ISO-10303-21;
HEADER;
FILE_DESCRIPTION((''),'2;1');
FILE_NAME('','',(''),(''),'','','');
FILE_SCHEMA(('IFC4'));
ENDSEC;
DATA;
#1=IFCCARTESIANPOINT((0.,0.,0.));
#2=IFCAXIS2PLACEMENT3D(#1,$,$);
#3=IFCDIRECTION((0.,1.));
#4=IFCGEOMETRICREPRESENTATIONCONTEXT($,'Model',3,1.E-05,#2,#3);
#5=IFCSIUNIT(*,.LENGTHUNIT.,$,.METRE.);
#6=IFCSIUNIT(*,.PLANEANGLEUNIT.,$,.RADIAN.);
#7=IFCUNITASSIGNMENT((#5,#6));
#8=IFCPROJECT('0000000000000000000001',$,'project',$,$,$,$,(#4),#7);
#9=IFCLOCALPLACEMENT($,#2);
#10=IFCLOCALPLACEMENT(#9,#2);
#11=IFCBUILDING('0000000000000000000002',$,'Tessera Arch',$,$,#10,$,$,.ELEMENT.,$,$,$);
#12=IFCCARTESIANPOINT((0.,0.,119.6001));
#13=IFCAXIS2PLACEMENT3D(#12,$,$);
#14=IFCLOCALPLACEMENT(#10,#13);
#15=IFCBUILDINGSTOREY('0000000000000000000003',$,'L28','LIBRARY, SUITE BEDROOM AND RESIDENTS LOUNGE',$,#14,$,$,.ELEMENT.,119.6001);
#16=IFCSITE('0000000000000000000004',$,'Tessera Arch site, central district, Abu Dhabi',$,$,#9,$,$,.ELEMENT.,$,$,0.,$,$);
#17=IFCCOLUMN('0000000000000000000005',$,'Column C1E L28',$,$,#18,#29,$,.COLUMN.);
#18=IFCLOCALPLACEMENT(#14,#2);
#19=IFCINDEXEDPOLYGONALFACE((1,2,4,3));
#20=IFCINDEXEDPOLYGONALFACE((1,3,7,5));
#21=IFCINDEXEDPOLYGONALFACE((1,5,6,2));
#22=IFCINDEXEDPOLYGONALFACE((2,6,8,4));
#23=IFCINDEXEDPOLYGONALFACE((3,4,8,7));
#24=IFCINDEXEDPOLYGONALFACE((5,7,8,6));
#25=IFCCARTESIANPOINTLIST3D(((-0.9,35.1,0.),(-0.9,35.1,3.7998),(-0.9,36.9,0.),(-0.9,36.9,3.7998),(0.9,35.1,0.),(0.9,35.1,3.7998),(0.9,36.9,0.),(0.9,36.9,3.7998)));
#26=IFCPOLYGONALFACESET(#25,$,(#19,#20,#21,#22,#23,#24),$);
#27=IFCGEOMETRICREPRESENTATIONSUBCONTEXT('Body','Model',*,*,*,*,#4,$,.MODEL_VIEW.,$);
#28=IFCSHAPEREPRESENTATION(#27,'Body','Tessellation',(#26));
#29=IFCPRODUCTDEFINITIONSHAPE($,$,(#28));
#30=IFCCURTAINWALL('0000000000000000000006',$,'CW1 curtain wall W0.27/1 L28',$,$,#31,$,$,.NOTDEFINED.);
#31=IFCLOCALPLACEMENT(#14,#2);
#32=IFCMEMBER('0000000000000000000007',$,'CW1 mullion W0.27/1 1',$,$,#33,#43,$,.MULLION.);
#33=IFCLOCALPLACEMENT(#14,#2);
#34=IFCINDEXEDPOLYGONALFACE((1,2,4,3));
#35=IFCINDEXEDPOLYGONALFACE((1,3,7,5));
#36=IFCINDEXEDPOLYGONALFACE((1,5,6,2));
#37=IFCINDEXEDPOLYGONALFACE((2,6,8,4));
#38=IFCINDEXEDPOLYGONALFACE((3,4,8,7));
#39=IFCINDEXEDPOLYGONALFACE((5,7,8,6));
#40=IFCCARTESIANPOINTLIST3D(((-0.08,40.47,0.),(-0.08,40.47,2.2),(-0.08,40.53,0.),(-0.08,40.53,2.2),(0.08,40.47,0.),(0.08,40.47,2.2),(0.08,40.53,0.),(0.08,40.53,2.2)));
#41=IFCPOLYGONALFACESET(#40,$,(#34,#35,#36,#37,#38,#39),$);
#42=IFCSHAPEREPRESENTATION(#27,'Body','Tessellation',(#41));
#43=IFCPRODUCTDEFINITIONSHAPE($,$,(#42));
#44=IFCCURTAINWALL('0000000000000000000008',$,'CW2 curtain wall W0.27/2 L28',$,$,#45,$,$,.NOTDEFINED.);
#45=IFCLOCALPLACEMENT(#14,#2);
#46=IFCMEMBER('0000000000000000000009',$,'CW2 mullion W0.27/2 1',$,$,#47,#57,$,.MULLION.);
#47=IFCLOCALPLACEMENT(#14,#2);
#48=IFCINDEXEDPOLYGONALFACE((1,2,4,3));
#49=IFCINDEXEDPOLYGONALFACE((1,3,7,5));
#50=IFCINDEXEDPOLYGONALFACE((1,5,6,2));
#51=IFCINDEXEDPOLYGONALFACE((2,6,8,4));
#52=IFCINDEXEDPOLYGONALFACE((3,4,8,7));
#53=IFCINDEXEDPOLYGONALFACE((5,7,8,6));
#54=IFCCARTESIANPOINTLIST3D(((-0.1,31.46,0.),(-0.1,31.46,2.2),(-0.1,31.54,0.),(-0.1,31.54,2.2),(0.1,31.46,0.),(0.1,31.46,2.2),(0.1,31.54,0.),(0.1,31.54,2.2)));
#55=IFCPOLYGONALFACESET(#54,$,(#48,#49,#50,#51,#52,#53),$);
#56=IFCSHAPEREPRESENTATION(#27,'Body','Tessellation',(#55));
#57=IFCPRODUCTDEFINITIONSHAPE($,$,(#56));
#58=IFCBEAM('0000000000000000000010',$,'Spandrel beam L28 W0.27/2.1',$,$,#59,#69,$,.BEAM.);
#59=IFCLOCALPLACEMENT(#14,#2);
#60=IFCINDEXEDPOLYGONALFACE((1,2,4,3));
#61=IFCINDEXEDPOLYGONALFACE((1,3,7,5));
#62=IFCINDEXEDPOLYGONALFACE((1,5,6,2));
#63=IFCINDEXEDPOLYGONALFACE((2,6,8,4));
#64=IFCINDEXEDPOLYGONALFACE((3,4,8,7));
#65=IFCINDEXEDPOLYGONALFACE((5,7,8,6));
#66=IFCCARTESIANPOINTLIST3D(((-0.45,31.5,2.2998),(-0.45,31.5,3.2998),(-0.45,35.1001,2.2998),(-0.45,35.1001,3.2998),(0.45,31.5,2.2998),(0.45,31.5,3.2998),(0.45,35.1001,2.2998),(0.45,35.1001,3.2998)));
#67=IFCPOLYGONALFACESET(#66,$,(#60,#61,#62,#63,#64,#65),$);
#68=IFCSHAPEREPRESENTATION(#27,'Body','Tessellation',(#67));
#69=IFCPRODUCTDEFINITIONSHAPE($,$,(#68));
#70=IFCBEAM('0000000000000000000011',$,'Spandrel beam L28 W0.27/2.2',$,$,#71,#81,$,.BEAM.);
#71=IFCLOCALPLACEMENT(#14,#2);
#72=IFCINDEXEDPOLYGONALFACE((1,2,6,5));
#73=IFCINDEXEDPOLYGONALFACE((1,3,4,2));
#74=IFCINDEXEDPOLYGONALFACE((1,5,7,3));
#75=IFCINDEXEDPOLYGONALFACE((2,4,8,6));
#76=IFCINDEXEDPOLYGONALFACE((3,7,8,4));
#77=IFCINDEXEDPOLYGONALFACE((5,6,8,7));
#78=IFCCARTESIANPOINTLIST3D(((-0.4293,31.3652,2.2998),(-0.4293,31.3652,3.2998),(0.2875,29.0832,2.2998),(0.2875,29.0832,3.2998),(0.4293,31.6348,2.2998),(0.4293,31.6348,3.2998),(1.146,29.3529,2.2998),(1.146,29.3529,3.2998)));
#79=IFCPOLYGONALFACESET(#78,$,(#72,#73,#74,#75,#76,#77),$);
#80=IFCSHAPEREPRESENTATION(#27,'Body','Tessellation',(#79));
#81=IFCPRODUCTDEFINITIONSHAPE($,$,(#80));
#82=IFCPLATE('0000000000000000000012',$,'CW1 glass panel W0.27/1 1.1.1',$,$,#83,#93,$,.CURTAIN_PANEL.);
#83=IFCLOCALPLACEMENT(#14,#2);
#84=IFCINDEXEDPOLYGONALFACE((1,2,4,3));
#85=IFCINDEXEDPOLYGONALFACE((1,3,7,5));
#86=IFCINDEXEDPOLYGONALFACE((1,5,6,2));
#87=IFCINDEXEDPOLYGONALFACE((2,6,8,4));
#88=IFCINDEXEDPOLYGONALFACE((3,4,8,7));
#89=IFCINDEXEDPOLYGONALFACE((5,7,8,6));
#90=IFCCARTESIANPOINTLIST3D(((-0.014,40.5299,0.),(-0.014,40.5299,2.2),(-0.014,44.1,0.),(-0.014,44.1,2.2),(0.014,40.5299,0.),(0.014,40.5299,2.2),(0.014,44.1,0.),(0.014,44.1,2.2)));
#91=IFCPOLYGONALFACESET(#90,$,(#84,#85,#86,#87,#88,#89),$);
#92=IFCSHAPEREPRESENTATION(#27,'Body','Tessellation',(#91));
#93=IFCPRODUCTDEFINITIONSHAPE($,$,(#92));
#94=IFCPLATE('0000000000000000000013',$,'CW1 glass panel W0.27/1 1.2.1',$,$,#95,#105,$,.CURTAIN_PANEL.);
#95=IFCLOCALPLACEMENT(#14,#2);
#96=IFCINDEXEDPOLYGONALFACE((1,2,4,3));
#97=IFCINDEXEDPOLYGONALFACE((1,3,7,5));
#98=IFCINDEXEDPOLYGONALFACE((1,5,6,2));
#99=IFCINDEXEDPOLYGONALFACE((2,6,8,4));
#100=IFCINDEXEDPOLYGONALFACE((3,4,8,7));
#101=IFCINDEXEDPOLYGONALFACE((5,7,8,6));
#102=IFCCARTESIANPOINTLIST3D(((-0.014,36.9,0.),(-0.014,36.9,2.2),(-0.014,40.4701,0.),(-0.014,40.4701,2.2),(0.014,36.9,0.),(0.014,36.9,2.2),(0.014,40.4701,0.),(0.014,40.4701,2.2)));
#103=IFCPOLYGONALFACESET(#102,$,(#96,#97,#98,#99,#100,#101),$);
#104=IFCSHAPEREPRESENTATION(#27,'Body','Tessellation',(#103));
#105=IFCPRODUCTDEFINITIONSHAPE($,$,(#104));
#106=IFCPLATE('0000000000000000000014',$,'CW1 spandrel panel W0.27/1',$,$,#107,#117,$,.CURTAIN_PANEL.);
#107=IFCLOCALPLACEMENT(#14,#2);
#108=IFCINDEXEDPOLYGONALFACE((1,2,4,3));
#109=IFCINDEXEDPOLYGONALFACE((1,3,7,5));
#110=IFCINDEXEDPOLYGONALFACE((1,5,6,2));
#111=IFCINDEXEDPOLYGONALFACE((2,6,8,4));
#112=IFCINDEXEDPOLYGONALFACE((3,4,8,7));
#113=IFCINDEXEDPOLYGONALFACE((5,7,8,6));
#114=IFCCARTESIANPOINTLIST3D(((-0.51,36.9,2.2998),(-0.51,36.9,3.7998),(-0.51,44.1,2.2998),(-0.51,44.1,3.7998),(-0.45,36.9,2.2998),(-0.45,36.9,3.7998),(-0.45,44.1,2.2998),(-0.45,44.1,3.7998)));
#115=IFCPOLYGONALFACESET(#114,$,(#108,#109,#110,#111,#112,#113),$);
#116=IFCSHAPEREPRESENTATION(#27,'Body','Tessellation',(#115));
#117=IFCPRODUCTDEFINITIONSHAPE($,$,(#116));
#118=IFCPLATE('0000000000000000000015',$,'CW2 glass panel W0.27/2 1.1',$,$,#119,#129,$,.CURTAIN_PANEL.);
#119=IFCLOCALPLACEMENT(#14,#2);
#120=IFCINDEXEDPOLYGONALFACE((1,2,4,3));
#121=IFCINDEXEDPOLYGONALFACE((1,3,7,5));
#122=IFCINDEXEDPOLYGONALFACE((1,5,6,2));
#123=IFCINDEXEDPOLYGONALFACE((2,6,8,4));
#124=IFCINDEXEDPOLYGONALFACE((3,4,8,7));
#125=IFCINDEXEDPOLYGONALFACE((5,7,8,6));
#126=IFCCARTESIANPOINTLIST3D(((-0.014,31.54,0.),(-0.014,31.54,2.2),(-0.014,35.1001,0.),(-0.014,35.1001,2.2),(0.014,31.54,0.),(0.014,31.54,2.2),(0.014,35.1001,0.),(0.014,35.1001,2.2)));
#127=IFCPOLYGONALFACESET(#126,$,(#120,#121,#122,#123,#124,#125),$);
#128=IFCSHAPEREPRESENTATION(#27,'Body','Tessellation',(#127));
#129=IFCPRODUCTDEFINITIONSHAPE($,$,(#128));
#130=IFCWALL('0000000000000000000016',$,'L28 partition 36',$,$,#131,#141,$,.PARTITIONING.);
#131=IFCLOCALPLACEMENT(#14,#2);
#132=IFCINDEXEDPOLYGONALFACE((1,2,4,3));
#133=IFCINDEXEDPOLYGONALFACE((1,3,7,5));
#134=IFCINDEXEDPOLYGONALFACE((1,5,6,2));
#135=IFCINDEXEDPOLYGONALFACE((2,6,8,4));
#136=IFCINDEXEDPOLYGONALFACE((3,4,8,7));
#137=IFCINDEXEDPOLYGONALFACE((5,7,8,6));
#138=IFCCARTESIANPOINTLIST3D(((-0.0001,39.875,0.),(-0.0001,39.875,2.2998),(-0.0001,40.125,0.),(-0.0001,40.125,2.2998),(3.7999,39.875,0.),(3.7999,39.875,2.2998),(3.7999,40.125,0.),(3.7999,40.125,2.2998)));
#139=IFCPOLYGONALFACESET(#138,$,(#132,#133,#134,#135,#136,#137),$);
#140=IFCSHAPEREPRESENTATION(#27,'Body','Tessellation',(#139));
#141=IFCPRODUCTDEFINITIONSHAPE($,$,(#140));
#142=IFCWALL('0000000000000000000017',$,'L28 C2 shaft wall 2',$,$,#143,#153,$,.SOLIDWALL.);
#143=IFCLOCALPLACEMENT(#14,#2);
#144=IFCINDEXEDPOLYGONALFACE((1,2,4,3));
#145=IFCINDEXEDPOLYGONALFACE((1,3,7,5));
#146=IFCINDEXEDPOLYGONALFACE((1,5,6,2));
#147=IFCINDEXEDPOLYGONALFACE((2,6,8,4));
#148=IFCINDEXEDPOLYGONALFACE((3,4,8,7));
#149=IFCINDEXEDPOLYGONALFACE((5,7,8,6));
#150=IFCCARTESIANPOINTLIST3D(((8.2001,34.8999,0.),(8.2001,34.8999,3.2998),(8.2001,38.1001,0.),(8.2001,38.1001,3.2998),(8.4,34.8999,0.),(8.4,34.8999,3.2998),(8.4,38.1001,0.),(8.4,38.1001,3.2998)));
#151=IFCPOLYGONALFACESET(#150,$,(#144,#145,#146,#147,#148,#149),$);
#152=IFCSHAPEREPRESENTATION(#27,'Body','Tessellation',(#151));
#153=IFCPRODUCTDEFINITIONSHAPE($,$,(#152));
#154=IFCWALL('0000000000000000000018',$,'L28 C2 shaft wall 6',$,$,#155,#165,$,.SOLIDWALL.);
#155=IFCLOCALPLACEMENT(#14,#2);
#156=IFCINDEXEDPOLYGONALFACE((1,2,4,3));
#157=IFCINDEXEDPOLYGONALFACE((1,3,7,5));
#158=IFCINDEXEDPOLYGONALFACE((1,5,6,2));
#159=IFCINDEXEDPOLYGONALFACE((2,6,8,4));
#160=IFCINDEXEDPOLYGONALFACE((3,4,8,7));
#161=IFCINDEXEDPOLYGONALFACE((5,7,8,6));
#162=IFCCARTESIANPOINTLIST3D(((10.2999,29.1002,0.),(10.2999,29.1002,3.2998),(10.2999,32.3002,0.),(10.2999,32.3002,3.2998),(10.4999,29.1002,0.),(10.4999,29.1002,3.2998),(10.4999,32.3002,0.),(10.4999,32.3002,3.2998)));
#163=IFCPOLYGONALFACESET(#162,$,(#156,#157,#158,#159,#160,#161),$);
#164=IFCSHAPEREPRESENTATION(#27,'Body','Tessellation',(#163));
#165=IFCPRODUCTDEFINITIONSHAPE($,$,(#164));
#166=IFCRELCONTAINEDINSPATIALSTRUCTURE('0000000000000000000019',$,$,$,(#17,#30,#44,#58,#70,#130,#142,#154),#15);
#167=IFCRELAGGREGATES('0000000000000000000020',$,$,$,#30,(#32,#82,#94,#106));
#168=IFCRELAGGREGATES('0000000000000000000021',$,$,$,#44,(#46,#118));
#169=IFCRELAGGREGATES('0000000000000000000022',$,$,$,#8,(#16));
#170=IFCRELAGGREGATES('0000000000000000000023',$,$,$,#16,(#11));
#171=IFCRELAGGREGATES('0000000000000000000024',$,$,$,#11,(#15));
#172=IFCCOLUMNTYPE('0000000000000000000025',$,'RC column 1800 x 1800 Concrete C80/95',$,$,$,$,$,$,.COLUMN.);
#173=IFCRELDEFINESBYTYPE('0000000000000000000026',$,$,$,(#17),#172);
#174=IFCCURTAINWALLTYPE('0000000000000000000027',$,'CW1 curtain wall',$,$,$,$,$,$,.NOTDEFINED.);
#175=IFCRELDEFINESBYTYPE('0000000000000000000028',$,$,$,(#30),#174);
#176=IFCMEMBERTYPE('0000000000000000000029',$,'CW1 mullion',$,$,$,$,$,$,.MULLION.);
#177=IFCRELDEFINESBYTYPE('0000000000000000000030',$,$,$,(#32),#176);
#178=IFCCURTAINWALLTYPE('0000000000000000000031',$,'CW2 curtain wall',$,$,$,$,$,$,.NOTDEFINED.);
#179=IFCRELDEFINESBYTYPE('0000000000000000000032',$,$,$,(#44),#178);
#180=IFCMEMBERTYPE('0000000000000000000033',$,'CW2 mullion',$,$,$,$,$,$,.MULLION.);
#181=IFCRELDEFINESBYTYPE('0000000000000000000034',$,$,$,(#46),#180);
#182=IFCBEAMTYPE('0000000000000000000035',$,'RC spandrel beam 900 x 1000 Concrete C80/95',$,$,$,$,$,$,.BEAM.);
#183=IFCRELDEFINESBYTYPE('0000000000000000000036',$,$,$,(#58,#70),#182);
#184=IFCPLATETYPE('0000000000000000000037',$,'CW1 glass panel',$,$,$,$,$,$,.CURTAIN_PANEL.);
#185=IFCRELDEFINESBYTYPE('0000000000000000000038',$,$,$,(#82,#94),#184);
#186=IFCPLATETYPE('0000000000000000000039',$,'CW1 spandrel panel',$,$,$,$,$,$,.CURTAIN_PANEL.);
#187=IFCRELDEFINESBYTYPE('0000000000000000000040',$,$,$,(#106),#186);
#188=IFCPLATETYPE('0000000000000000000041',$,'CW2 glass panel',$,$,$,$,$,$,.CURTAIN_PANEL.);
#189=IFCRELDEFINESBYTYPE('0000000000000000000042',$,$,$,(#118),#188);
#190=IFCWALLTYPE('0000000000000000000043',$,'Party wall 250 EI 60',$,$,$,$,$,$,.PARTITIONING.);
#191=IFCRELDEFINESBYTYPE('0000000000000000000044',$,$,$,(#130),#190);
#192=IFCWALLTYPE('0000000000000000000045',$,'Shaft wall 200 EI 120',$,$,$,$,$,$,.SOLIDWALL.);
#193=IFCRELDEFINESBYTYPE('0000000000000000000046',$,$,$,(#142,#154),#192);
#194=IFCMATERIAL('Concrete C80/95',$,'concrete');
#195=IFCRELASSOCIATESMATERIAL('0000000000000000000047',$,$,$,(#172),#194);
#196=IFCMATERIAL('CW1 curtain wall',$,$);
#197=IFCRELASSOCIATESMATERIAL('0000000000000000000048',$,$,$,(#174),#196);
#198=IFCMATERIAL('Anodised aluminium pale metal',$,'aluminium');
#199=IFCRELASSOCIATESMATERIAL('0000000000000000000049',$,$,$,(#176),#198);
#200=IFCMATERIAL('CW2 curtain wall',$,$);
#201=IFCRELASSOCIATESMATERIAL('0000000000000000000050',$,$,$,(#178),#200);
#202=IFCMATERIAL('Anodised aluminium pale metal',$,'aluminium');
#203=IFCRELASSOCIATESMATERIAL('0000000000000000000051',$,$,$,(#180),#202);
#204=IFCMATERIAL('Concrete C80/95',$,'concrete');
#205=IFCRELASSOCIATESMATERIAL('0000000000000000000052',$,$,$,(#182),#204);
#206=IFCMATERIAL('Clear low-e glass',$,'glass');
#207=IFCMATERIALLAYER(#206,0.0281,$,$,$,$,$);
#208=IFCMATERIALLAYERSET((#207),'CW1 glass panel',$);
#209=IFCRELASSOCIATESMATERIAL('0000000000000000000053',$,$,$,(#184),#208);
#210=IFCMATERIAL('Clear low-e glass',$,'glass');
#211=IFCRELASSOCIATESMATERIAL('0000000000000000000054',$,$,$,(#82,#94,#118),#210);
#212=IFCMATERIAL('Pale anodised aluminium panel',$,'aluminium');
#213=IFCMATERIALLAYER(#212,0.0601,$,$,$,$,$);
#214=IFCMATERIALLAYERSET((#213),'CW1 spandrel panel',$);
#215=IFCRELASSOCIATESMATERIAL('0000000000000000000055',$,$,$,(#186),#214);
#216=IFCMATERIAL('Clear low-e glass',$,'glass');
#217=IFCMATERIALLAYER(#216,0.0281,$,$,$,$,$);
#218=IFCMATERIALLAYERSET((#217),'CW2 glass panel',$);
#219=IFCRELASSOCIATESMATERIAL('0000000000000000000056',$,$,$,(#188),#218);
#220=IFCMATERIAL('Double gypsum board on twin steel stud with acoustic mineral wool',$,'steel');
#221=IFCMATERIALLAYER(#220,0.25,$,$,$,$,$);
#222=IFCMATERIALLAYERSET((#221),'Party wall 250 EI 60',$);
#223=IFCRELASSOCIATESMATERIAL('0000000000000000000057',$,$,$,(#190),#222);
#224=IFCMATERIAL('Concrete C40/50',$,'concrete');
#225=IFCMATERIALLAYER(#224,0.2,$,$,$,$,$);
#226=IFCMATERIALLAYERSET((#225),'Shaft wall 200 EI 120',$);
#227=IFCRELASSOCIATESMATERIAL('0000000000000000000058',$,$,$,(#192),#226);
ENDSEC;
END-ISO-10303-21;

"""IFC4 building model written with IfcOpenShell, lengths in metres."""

from ifc_helpers import new_model, si_unit, direction, frame, frame_2d, origin, origin_2d, place, context, subcontext, project, spatial, rectangle, extrude, material, layer, layer_set, material_profile, profile_set, type_object, element, aggregate, save


model = new_model("IFC4")

# Units and contexts
model_context = context("Model", 3, precision=1e-05, world=origin(), true_north=direction((0.0, 1.0)))
body_context = subcontext(model_context, "Body", "Model", "MODEL_VIEW")
ifc_project = project(units=[si_unit("LENGTHUNIT", "METRE"), si_unit("PLANEANGLEUNIT", "RADIAN")], contexts=[model_context])

# Site, building, storey
site_placement = place(None, origin())
site = spatial("IfcSite", under=ifc_project, at=site_placement, Name="Tessera Arch site, central district, Abu Dhabi", CompositionType="ELEMENT", RefElevation=0.0)
building_placement = place(site_placement, origin())
building = spatial("IfcBuilding", under=site, at=building_placement, Name="Tessera Arch", CompositionType="ELEMENT")
storey_placement = place(building_placement, frame((0.0, 0.0, 119.6001)))
storey = spatial("IfcBuildingStorey", under=building, at=storey_placement, Name="L28", Description="LIBRARY, SUITE BEDROOM AND RESIDENTS LOUNGE", CompositionType="ELEMENT", Elevation=119.6001)

# Column
ifc_material_1 = material(Name="Concrete C80/95", Category="concrete")
ifc_material_profile_1 = material_profile(ifc_material_1, rectangle(XDim=1.8, YDim=1.8, at=origin_2d()), Name="RC column 1800 x 1800 Concrete C80/95")
ifc_profile_set_1 = profile_set([ifc_material_profile_1], Name="Concrete C80/95")
column_type = type_object("IfcColumnType", Name="RC column 1800 x 1800 Concrete C80/95", PredefinedType="COLUMN", material=ifc_profile_set_1)
column_placement = place(storey_placement, frame((0.0, 36.0, 0.0), z_axis=(0.0, 0.0, 1.0), x_axis=(1.0, 0.0, 0.0)))
element("IfcColumn", 1, at=column_placement, inside=storey, type_object=column_type, Name="Column C1E L28", PredefinedType="COLUMN", context=body_context, shape_type="SweptSolid", body=[
    extrude(rectangle(XDim=1.8, YDim=1.8, at=origin_2d()), origin(), (0.0, 0.0, 1.0), 3.7998),
])

# Curtain walls, members
ifc_material_2 = material(Name="CW1 curtain wall")
curtain_wall_type_1 = type_object("IfcCurtainWallType", Name="CW1 curtain wall", PredefinedType="NOTDEFINED", material=ifc_material_2)
curtain_wall_1_placement = place(storey_placement, origin())
curtain_wall_1 = element("IfcCurtainWall", 2, at=curtain_wall_1_placement, inside=storey, type_object=curtain_wall_type_1, Name="CW1 curtain wall W0.27/1 L28", PredefinedType="NOTDEFINED")
ifc_material_3 = material(Name="Anodised aluminium pale metal", Category="aluminium")
ifc_material_profile_2 = material_profile(ifc_material_3, rectangle(XDim=0.1599, YDim=0.0601, at=origin_2d()), Name="AL 60x160")
ifc_profile_set_2 = profile_set([ifc_material_profile_2], Name="Anodised aluminium pale metal")
member_type_1 = type_object("IfcMemberType", Name="CW1 mullion", PredefinedType="MULLION", material=ifc_profile_set_2)
member_1_placement = place(storey_placement, frame((0.0, 40.5, 0.0), z_axis=(0.0, 0.0, 1.0), x_axis=(1.0, 0.0, 0.0)))
member_1 = element("IfcMember", 3, at=member_1_placement, type_object=member_type_1, Name="CW1 mullion W0.27/1 1", PredefinedType="MULLION", context=body_context, shape_type="SweptSolid", body=[
    extrude(rectangle(XDim=0.1599, YDim=0.0601, at=origin_2d()), origin(), (0.0, 0.0, 1.0), 2.2),
])
ifc_material_4 = material(Name="CW2 curtain wall")
curtain_wall_type_2 = type_object("IfcCurtainWallType", Name="CW2 curtain wall", PredefinedType="NOTDEFINED", material=ifc_material_4)
curtain_wall_2_placement = place(storey_placement, origin())
curtain_wall_2 = element("IfcCurtainWall", 4, at=curtain_wall_2_placement, inside=storey, type_object=curtain_wall_type_2, Name="CW2 curtain wall W0.27/2 L28", PredefinedType="NOTDEFINED")
ifc_material_5 = material(Name="Anodised aluminium pale metal", Category="aluminium")
ifc_material_profile_3 = material_profile(ifc_material_5, rectangle(XDim=0.2, YDim=0.0801, at=origin_2d()), Name="AL 80x200")
ifc_profile_set_3 = profile_set([ifc_material_profile_3], Name="Anodised aluminium pale metal")
member_type_2 = type_object("IfcMemberType", Name="CW2 mullion", PredefinedType="MULLION", material=ifc_profile_set_3)
member_2_placement = place(storey_placement, frame((0.0, 31.5, 0.0), z_axis=(0.0, 0.0, 1.0), x_axis=(1.0, 0.0, 0.0)))
member_2 = element("IfcMember", 5, at=member_2_placement, type_object=member_type_2, Name="CW2 mullion W0.27/2 1", PredefinedType="MULLION", context=body_context, shape_type="SweptSolid", body=[
    extrude(rectangle(XDim=0.2, YDim=0.0801, at=origin_2d()), origin(), (0.0, 0.0, 1.0), 2.2),
])

# Beams
ifc_material_6 = material(Name="Concrete C80/95", Category="concrete")
ifc_material_profile_4 = material_profile(ifc_material_6, rectangle(XDim=0.8999, YDim=1.0, at=origin_2d()), Name="RC spandrel beam 900 x 1000 Concrete C80/95")
ifc_profile_set_4 = profile_set([ifc_material_profile_4], Name="Concrete C80/95")
beam_type = type_object("IfcBeamType", Name="RC spandrel beam 900 x 1000 Concrete C80/95", PredefinedType="BEAM", material=ifc_profile_set_4)
beam_1_placement = place(storey_placement, frame((0.0, 35.1001, 2.7998), z_axis=(0.0, -1.0, 0.0), x_axis=(1.0, 0.0, 0.0)))
element("IfcBeam", 6, at=beam_1_placement, inside=storey, type_object=beam_type, Name="Spandrel beam L28 W0.27/2.1", PredefinedType="BEAM", context=body_context, shape_type="SweptSolid", body=[
    extrude(rectangle(XDim=0.8999, YDim=1.0, at=origin_2d()), origin(), (0.0, 0.0, 1.0), 3.6001),
])
beam_2_placement = place(storey_placement, frame((0.0, 31.5, 2.7998), z_axis=(0.299675, -0.954041, 0.0), x_axis=(0.954041, 0.299675, 0.0)))
element("IfcBeam", 7, at=beam_2_placement, inside=storey, type_object=beam_type, Name="Spandrel beam L28 W0.27/2.2", PredefinedType="BEAM", context=body_context, shape_type="SweptSolid", body=[
    extrude(rectangle(XDim=0.8999, YDim=1.0, at=origin_2d()), origin(), (0.0, 0.0, 1.0), 2.3918),
])

# Plates
ifc_material_7 = material(Name="Clear low-e glass", Category="glass")
ifc_material_8 = material(Name="Clear low-e glass", Category="glass")
ifc_layer_1 = layer(ifc_material_8, 0.0281)
ifc_layer_set_1 = layer_set([ifc_layer_1], Name="CW1 glass panel")
plate_type_1 = type_object("IfcPlateType", Name="CW1 glass panel", PredefinedType="CURTAIN_PANEL", material=ifc_layer_set_1)
plate_1_placement = place(storey_placement, frame((0.0, 42.3149, 0.0), z_axis=(0.0, 0.0, 1.0), x_axis=(0.0, -1.0, 0.0)))
plate_1 = element("IfcPlate", 8, at=plate_1_placement, type_object=plate_type_1, material=ifc_material_7, Name="CW1 glass panel W0.27/1 1.1.1", PredefinedType="CURTAIN_PANEL", context=body_context, shape_type="SweptSolid", body=[
    extrude(rectangle(XDim=3.5701, YDim=0.0281, at=origin_2d()), origin(), (0.0, 0.0, 1.0), 2.2),
])
plate_2_placement = place(storey_placement, frame((0.0, 38.6851, 0.0), z_axis=(0.0, 0.0, 1.0), x_axis=(0.0, -1.0, 0.0)))
plate_2 = element("IfcPlate", 9, at=plate_2_placement, type_object=plate_type_1, material=ifc_material_7, Name="CW1 glass panel W0.27/1 1.2.1", PredefinedType="CURTAIN_PANEL", context=body_context, shape_type="SweptSolid", body=[
    extrude(rectangle(XDim=3.5701, YDim=0.0281, at=origin_2d()), origin(), (0.0, 0.0, 1.0), 2.2),
])
ifc_material_9 = material(Name="Pale anodised aluminium panel", Category="aluminium")
ifc_layer_2 = layer(ifc_material_9, 0.0601)
ifc_layer_set_2 = layer_set([ifc_layer_2], Name="CW1 spandrel panel")
plate_type_2 = type_object("IfcPlateType", Name="CW1 spandrel panel", PredefinedType="CURTAIN_PANEL", material=ifc_layer_set_2)
plate_3_placement = place(storey_placement, frame((-0.48, 40.5, 2.2998), z_axis=(0.0, 0.0, 1.0), x_axis=(0.0, -1.0, 0.0)))
plate_3 = element("IfcPlate", 10, at=plate_3_placement, type_object=plate_type_2, Name="CW1 spandrel panel W0.27/1", PredefinedType="CURTAIN_PANEL", context=body_context, shape_type="SweptSolid", body=[
    extrude(rectangle(XDim=7.2, YDim=0.0601, at=origin_2d()), origin(), (0.0, 0.0, 1.0), 1.5),
])
aggregate(curtain_wall_1, [member_1, plate_1, plate_2, plate_3])
ifc_material_10 = material(Name="Clear low-e glass", Category="glass")
ifc_layer_3 = layer(ifc_material_10, 0.0281)
ifc_layer_set_3 = layer_set([ifc_layer_3], Name="CW2 glass panel")
plate_type_3 = type_object("IfcPlateType", Name="CW2 glass panel", PredefinedType="CURTAIN_PANEL", material=ifc_layer_set_3)
plate_4_placement = place(storey_placement, frame((0.0, 33.3201, 0.0), z_axis=(0.0, 0.0, 1.0), x_axis=(0.0, -1.0, 0.0)))
plate_4 = element("IfcPlate", 11, at=plate_4_placement, type_object=plate_type_3, material=ifc_material_7, Name="CW2 glass panel W0.27/2 1.1", PredefinedType="CURTAIN_PANEL", context=body_context, shape_type="SweptSolid", body=[
    extrude(rectangle(XDim=3.5601, YDim=0.0281, at=origin_2d()), origin(), (0.0, 0.0, 1.0), 2.2),
])
aggregate(curtain_wall_2, [member_2, plate_4])

# Walls
ifc_material_11 = material(Name="Double gypsum board on twin steel stud with acoustic mineral wool", Category="steel")
ifc_layer_4 = layer(ifc_material_11, 0.25)
ifc_layer_set_4 = layer_set([ifc_layer_4], Name="Party wall 250 EI 60")
wall_type_1 = type_object("IfcWallType", Name="Party wall 250 EI 60", PredefinedType="PARTITIONING", material=ifc_layer_set_4)
wall_1_placement = place(storey_placement, frame((0.0, 40.0, 0.0), z_axis=(0.0, 0.0, 1.0), x_axis=(1.0, 0.0, 0.0)))
element("IfcWall", 12, at=wall_1_placement, inside=storey, type_object=wall_type_1, Name="L28 partition 36", PredefinedType="PARTITIONING", context=body_context, shape_type="SweptSolid", body=[
    extrude(rectangle(XDim=3.8, YDim=0.25, at=frame_2d((1.8999, 0.0))), origin(), (0.0, 0.0, 1.0), 2.2998),
])
ifc_material_12 = material(Name="Concrete C40/50", Category="concrete")
ifc_layer_5 = layer(ifc_material_12, 0.2)
ifc_layer_set_5 = layer_set([ifc_layer_5], Name="Shaft wall 200 EI 120")
wall_type_2 = type_object("IfcWallType", Name="Shaft wall 200 EI 120", PredefinedType="SOLIDWALL", material=ifc_layer_set_5)
wall_2_placement = place(storey_placement, frame((8.3, 34.8999, 0.0), z_axis=(0.0, 0.0, 1.0), x_axis=(0.0, 1.0, 0.0)))
element("IfcWall", 13, at=wall_2_placement, inside=storey, type_object=wall_type_2, Name="L28 C2 shaft wall 2", PredefinedType="SOLIDWALL", context=body_context, shape_type="SweptSolid", body=[
    extrude(rectangle(XDim=3.2002, YDim=0.2, at=frame_2d((1.6001, 0.0))), origin(), (0.0, 0.0, 1.0), 3.2998),
])
wall_3_placement = place(storey_placement, frame((10.3999, 29.1001, 0.0), z_axis=(0.0, 0.0, 1.0), x_axis=(0.0, 1.0, 0.0)))
element("IfcWall", 14, at=wall_3_placement, inside=storey, type_object=wall_type_2, Name="L28 C2 shaft wall 6", PredefinedType="SOLIDWALL", context=body_context, shape_type="SweptSolid", body=[
    extrude(rectangle(XDim=3.2, YDim=0.2, at=frame_2d((1.6001, 0.0))), origin(), (0.0, 0.0, 1.0), 3.2998),
])

save(model, "model.ifc")
